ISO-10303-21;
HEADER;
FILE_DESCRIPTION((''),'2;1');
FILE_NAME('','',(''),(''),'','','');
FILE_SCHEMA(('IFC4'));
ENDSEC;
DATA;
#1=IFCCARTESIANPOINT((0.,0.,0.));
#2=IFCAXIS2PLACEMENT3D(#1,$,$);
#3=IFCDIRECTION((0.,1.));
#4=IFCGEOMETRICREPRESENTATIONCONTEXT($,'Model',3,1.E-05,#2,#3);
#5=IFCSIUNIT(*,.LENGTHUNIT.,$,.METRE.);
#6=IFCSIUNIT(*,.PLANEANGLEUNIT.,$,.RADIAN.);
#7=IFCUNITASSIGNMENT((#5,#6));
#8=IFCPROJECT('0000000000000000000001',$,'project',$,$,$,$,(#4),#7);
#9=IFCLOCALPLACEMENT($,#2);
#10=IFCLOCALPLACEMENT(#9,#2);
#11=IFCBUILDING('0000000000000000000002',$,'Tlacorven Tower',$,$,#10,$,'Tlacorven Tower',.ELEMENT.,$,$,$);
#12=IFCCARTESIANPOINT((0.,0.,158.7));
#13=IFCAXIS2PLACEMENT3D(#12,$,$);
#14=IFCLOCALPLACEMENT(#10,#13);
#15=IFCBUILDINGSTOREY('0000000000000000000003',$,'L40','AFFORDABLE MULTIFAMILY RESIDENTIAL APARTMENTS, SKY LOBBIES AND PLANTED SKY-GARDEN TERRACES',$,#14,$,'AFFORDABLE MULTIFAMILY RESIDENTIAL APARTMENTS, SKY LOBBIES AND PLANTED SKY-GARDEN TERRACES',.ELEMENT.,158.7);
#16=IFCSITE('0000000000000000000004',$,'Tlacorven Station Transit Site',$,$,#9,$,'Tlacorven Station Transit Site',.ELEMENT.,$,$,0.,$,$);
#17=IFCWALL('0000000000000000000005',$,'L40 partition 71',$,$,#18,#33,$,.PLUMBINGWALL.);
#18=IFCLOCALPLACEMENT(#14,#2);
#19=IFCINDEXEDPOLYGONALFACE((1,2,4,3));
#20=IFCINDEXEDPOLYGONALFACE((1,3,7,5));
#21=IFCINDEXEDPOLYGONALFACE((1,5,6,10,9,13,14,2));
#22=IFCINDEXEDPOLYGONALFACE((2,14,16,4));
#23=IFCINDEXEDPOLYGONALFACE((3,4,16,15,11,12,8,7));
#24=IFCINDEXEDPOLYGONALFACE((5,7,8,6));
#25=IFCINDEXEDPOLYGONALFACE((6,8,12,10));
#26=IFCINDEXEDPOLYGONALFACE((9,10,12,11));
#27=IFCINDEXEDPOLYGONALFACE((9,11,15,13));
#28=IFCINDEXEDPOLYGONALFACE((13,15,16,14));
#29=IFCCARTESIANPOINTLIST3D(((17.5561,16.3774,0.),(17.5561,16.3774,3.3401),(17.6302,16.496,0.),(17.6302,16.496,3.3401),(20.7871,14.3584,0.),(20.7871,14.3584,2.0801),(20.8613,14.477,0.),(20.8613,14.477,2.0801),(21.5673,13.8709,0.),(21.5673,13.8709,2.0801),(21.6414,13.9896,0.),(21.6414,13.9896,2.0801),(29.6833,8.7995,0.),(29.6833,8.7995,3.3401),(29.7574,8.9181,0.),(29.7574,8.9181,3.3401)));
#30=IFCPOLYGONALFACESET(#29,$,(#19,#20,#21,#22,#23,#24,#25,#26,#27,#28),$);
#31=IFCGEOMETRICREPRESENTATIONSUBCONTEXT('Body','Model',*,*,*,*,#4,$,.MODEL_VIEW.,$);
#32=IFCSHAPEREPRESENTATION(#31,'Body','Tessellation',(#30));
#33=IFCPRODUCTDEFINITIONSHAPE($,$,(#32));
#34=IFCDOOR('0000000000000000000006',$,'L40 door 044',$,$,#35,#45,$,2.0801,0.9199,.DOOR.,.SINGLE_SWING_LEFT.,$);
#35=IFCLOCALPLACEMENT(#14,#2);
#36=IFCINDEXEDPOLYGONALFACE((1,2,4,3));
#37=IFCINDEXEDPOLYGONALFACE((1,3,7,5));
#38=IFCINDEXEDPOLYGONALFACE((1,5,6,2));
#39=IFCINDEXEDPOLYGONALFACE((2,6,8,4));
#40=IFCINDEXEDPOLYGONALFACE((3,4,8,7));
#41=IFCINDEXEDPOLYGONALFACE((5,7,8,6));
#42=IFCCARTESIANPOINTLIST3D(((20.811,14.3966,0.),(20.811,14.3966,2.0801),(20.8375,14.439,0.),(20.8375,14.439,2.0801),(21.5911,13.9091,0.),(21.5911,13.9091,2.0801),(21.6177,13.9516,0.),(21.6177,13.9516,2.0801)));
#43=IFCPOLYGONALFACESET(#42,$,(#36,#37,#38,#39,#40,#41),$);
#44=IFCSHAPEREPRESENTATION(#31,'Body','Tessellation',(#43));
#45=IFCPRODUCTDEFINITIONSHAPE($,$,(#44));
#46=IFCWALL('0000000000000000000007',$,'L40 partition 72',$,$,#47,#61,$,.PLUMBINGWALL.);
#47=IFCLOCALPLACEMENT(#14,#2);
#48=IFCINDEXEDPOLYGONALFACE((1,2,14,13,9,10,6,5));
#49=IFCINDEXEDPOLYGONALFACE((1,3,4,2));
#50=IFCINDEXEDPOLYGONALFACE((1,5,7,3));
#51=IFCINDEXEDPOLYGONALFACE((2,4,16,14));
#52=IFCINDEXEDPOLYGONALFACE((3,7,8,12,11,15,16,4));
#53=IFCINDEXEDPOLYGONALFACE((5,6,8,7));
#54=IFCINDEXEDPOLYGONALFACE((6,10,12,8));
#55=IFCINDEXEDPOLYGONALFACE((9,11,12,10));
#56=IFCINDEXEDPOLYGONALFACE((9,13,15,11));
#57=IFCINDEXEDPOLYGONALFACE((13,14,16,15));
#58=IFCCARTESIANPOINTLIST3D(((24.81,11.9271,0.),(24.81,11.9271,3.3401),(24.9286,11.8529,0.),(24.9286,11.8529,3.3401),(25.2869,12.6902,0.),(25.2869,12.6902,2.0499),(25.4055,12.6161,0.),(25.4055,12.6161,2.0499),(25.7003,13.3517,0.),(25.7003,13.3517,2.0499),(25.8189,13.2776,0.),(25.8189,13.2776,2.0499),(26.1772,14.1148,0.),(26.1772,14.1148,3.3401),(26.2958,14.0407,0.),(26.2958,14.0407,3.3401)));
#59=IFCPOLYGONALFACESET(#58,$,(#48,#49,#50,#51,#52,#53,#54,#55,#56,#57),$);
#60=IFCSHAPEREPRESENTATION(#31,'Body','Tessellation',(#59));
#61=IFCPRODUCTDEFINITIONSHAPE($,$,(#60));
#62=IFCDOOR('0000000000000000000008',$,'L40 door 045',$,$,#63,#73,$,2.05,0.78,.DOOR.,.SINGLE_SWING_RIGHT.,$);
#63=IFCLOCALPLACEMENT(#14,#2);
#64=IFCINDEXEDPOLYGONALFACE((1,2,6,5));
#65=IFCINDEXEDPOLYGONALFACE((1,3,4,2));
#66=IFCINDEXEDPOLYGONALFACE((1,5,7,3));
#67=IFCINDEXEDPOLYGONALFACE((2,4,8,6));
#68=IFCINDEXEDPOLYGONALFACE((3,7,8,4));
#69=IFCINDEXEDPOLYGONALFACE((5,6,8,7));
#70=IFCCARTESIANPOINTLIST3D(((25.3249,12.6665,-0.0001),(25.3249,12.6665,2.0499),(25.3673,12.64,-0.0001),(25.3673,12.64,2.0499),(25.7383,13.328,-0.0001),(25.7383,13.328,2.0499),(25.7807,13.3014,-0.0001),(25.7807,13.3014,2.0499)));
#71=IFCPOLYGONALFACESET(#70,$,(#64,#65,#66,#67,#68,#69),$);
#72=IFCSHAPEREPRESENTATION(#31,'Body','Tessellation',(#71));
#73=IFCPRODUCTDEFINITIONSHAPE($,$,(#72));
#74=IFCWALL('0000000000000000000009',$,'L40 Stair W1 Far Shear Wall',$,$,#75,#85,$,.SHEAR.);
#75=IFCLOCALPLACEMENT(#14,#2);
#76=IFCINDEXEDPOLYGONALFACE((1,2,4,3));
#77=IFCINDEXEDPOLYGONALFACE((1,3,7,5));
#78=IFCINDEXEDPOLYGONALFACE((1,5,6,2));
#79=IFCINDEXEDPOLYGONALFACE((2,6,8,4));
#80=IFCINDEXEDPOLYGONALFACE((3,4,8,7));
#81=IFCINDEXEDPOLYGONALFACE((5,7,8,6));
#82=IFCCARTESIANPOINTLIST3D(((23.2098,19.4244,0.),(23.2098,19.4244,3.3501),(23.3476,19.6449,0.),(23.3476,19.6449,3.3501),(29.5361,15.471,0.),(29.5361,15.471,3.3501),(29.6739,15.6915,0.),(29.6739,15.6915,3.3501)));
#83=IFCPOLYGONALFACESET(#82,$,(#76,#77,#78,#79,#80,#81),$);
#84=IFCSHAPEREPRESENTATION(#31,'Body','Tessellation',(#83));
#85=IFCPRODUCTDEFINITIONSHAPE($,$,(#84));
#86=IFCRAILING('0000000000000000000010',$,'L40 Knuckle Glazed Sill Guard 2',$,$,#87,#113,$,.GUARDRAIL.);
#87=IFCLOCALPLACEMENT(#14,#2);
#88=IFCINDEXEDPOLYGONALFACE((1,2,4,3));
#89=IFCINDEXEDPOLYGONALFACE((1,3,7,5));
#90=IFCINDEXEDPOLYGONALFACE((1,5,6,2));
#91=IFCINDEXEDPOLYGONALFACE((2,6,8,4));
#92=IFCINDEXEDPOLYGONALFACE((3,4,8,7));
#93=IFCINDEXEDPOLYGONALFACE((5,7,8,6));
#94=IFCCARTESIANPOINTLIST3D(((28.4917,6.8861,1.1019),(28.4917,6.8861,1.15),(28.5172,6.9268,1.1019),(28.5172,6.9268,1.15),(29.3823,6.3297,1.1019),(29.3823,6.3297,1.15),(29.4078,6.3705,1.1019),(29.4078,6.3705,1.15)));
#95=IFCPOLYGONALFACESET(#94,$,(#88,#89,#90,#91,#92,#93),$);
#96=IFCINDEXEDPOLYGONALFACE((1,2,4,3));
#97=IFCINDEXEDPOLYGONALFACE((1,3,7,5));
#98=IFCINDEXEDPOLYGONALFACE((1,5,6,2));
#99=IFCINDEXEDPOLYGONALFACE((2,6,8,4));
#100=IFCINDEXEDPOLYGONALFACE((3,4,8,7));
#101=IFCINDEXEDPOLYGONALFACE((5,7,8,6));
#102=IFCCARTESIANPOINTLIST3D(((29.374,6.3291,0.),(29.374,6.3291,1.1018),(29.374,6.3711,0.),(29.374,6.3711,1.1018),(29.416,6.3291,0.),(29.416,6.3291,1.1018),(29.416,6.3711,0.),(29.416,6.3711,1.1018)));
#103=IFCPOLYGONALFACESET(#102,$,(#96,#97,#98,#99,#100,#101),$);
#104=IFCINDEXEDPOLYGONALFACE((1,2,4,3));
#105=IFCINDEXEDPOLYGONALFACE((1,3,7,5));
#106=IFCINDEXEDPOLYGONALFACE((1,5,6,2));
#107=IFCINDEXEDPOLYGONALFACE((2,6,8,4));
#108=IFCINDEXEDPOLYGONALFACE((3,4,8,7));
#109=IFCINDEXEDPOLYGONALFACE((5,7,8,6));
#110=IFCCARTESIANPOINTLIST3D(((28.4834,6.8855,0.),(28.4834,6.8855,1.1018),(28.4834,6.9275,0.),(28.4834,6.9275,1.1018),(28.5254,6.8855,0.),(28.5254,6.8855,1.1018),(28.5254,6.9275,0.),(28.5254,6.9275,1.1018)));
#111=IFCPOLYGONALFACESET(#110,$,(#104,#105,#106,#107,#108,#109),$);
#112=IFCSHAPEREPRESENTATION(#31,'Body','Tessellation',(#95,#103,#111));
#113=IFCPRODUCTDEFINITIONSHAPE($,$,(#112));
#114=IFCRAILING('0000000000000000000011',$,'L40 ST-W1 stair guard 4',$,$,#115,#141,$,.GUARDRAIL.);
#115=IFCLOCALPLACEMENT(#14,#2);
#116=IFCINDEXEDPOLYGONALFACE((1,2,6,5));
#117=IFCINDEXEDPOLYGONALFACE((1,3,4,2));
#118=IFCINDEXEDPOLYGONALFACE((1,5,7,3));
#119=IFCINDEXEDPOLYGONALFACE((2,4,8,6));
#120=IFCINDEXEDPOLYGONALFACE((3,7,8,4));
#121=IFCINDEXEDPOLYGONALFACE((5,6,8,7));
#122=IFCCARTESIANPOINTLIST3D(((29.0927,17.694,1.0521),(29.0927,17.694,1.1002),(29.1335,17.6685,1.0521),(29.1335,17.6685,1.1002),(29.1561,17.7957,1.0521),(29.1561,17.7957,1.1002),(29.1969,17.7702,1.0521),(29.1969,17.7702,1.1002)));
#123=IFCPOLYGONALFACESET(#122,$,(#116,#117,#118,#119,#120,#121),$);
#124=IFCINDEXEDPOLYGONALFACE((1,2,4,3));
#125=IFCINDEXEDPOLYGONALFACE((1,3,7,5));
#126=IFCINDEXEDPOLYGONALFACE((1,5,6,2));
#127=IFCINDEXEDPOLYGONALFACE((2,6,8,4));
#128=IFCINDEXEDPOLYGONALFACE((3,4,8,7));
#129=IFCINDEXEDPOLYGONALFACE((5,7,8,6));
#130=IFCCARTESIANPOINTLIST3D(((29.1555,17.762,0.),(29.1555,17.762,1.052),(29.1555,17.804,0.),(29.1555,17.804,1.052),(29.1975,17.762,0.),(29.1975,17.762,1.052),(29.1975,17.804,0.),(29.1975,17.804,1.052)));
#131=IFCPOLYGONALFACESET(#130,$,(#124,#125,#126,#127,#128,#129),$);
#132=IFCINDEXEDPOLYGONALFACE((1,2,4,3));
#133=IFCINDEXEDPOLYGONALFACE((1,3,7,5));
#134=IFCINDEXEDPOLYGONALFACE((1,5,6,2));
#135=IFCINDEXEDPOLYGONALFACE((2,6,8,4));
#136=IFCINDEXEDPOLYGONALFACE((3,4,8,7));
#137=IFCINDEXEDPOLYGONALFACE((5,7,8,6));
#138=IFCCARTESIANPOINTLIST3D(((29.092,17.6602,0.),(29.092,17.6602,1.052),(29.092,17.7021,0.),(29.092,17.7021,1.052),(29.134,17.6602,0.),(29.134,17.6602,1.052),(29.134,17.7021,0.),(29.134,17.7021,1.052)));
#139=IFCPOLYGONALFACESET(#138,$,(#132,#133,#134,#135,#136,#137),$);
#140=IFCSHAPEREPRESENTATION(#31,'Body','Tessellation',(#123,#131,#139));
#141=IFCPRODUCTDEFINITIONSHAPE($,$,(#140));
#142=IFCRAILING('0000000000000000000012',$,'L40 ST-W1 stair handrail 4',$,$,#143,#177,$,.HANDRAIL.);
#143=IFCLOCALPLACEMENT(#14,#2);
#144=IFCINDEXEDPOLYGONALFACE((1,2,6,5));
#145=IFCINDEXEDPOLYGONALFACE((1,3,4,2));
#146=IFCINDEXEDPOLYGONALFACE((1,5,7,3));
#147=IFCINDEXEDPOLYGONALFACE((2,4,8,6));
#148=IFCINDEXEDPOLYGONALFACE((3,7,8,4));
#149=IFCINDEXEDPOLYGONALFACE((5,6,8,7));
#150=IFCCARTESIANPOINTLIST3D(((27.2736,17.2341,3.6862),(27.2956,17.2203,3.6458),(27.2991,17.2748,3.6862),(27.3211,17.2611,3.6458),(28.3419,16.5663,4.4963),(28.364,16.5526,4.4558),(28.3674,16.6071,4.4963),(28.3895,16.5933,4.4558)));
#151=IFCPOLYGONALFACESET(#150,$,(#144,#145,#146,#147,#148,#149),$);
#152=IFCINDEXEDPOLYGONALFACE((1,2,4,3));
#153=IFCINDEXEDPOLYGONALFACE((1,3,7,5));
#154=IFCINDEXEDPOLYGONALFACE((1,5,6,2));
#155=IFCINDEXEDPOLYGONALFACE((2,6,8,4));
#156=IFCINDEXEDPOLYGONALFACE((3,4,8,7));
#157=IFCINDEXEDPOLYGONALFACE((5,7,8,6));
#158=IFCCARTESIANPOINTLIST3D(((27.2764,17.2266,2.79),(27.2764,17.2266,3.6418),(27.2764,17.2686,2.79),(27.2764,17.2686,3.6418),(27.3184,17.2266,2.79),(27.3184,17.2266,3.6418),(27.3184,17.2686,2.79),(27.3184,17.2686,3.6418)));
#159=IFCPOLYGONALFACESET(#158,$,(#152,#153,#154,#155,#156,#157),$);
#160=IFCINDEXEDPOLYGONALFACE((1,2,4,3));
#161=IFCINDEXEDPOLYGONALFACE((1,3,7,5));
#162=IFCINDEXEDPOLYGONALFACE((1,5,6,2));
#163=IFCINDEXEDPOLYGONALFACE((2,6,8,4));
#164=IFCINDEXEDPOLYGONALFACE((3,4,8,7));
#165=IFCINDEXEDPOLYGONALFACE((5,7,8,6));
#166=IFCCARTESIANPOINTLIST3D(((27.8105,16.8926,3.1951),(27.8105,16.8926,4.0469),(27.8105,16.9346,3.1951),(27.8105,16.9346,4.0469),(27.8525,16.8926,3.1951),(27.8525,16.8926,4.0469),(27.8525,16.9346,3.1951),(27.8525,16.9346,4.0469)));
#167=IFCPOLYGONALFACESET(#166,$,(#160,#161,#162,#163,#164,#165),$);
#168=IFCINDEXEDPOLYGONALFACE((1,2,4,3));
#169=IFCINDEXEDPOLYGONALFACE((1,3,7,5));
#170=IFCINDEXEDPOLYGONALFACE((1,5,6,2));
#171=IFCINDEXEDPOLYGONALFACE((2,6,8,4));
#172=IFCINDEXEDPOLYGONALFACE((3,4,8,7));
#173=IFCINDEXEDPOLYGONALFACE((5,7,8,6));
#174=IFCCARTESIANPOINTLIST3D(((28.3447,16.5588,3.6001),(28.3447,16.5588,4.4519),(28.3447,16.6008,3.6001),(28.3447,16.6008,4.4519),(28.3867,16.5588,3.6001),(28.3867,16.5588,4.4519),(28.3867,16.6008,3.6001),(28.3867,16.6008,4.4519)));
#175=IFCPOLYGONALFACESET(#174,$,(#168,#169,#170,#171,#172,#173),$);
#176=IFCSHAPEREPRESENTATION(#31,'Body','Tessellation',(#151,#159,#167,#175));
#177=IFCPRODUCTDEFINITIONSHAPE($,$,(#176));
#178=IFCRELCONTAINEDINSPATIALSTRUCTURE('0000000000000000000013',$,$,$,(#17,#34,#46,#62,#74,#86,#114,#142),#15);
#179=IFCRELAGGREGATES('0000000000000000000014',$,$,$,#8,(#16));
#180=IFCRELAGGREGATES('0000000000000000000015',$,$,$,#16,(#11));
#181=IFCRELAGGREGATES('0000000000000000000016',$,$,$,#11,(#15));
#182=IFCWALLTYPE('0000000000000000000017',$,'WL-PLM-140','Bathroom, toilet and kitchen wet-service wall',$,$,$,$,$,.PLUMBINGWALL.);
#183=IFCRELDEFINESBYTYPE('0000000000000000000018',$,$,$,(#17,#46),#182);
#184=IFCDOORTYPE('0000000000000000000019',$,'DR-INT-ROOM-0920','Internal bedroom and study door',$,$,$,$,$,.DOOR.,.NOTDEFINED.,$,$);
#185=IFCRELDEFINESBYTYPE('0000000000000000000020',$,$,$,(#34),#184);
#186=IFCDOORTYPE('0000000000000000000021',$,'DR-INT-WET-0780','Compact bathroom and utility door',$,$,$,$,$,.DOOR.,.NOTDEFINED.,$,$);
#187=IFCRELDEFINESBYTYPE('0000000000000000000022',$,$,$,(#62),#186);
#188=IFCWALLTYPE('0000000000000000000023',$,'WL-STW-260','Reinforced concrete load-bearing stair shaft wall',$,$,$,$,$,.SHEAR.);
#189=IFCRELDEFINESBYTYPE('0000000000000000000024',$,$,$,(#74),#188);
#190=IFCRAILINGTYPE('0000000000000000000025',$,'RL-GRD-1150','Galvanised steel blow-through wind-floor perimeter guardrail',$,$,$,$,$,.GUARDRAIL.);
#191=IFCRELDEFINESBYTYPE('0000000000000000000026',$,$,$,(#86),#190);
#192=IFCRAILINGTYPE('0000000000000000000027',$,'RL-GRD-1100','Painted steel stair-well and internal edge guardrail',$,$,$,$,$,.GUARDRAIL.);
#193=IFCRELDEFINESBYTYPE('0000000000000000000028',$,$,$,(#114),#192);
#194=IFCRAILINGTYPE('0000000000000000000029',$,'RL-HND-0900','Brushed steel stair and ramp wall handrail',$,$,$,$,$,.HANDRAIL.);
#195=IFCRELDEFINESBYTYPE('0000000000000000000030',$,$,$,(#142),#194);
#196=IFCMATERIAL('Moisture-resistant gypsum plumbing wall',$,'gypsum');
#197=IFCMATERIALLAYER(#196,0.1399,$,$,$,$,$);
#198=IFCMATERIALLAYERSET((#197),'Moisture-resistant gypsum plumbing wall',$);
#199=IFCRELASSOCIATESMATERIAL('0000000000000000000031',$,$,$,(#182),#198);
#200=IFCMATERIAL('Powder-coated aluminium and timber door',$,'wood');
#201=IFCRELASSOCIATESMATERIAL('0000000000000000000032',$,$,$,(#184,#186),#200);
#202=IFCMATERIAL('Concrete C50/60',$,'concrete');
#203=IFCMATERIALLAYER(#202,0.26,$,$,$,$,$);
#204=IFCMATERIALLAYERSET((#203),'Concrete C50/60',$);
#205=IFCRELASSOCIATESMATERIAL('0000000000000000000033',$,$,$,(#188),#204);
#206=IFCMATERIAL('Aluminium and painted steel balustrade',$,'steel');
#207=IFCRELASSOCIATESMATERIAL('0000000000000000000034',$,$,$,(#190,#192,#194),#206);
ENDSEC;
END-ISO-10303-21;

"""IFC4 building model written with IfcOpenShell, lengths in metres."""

from ifc_helpers import new_model, si_unit, direction, frame, frame_2d, origin, origin_2d, place, context, subcontext, project, spatial, rectangle, extrude, source, transform, mapped, material, layer, layer_set, type_object, element, fill, save


model = new_model("IFC4")

# Units and contexts
model_context = context("Model", 3, precision=1e-05, world=origin(), true_north=direction((0.0, 1.0)))
body_context = subcontext(model_context, "Body", "Model", "MODEL_VIEW")
ifc_project = project(units=[si_unit("LENGTHUNIT", "METRE"), si_unit("PLANEANGLEUNIT", "RADIAN")], contexts=[model_context])

# Site, building, storey
site_placement = place(None, origin())
site = spatial("IfcSite", under=ifc_project, at=site_placement, Name="Tlacorven Station Transit Site", LongName="Tlacorven Station Transit Site", CompositionType="ELEMENT", RefElevation=0.0)
building_placement = place(site_placement, origin())
building = spatial("IfcBuilding", under=site, at=building_placement, Name="Tlacorven Tower", LongName="Tlacorven Tower", CompositionType="ELEMENT")
storey_placement = place(building_placement, frame((0.0, 0.0, 158.7)))
storey = spatial("IfcBuildingStorey", under=building, at=storey_placement, Name="L40", Description="AFFORDABLE MULTIFAMILY RESIDENTIAL APARTMENTS, SKY LOBBIES AND PLANTED SKY-GARDEN TERRACES", LongName="AFFORDABLE MULTIFAMILY RESIDENTIAL APARTMENTS, SKY LOBBIES AND PLANTED SKY-GARDEN TERRACES", CompositionType="ELEMENT", Elevation=158.7)

# Shared definitions
ifc_material_1 = material(Name="Powder-coated aluminium and timber door", Category="wood")

# Walls, openings, doors
ifc_material_2 = material(Name="Moisture-resistant gypsum plumbing wall", Category="gypsum")
ifc_layer_1 = layer(ifc_material_2, 0.1399)
ifc_layer_set_1 = layer_set([ifc_layer_1], Name="Moisture-resistant gypsum plumbing wall")
wall_type_1 = type_object("IfcWallType", Name="WL-PLM-140", Description="Bathroom, toilet and kitchen wet-service wall", PredefinedType="PLUMBINGWALL", material=ifc_layer_set_1)
wall_1_placement = place(storey_placement, frame((29.7202, 8.8589, 0.0), z_axis=(0.0, 0.0, 1.0), x_axis=(-0.848049, 0.529918, 0.0)))
wall_1 = element("IfcWall", 1, at=wall_1_placement, inside=storey, type_object=wall_type_1, Name="L40 partition 71", PredefinedType="PLUMBINGWALL", context=body_context, shape_type="SweptSolid", body=[
    extrude(rectangle(XDim=14.3, YDim=0.1399, at=frame_2d((7.1499, 0.0))), origin(), (0.0, 0.0, 1.0), 3.3401),
])
opening_1_placement = place(wall_1_placement, frame((9.5701, 0.0, 0.0)))
opening_1 = element("IfcOpeningElement", 2, at=opening_1_placement, cuts=wall_1, PredefinedType="OPENING", context=body_context, shape_type="SweptSolid", body=[
    extrude(rectangle(XDim=0.9199, YDim=2.0801, at=frame_2d((0.46, 1.04))), frame((0.0, 0.0801, 0.0), z_axis=(0.0, -1.0, 0.0), x_axis=(1.0, 0.0, 0.0)), (0.0, 0.0, 1.0), 0.1599),
])
door_type_1 = type_object("IfcDoorType", Name="DR-INT-ROOM-0920", Description="Internal bedroom and study door", OperationType="NOTDEFINED", PredefinedType="DOOR", material=ifc_material_1)
shared_shape_1 = source(origin(), body_context, "Body", "SweptSolid", [
    extrude(rectangle(XDim=0.9199, YDim=2.0801, at=frame_2d((0.46, 1.04))), frame((0.0, 0.0249, 0.0), z_axis=(0.0, -1.0, 0.0), x_axis=(1.0, 0.0, 0.0)), (0.0, 0.0, 1.0), 0.05),
])
door_1_placement = place(opening_1_placement, origin())
door_1 = element("IfcDoor", 3, at=door_1_placement, inside=storey, type_object=door_type_1, Name="L40 door 044", OperationType="SINGLE_SWING_LEFT", OverallHeight=2.0801, OverallWidth=0.9199, PredefinedType="DOOR", context=body_context, shape_type="MappedRepresentation", body=[
    mapped(shared_shape_1, transform((0.0, 0.0, 0.0), scale=1.0)),
])
fill(opening_1, door_1)
wall_2_placement = place(storey_placement, frame((26.2366, 14.0779, 0.0), z_axis=(0.0, 0.0, 1.0), x_axis=(-0.529956, -0.848025, 0.0)))
wall_2 = element("IfcWall", 4, at=wall_2_placement, inside=storey, type_object=wall_type_1, Name="L40 partition 72", PredefinedType="PLUMBINGWALL", context=body_context, shape_type="SweptSolid", body=[
    extrude(rectangle(XDim=2.5798, YDim=0.1399, at=frame_2d((1.29, 0.0))), origin(), (0.0, 0.0, 1.0), 3.3401),
])
opening_2_placement = place(wall_2_placement, frame((0.8999, 0.0, 0.0)))
opening_2 = element("IfcOpeningElement", 5, at=opening_2_placement, cuts=wall_2, PredefinedType="OPENING", context=body_context, shape_type="SweptSolid", body=[
    extrude(rectangle(XDim=0.78, YDim=2.05, at=frame_2d((0.3901, 1.0249))), frame((0.0, 0.0801, 0.0), z_axis=(0.0, -1.0, 0.0), x_axis=(1.0, 0.0, 0.0)), (0.0, 0.0, 1.0), 0.1599),
])
door_type_2 = type_object("IfcDoorType", Name="DR-INT-WET-0780", Description="Compact bathroom and utility door", OperationType="NOTDEFINED", PredefinedType="DOOR", material=ifc_material_1)
shared_shape_2 = source(origin(), body_context, "Body", "SweptSolid", [
    extrude(rectangle(XDim=0.78, YDim=2.05, at=frame_2d((0.3901, 1.0249))), frame((0.0, 0.0249, 0.0), z_axis=(0.0, -1.0, 0.0), x_axis=(1.0, 0.0, 0.0)), (0.0, 0.0, 1.0), 0.05),
])
door_2_placement = place(opening_2_placement, origin())
door_2 = element("IfcDoor", 6, at=door_2_placement, inside=storey, type_object=door_type_2, Name="L40 door 045", OperationType="SINGLE_SWING_RIGHT", OverallHeight=2.05, OverallWidth=0.78, PredefinedType="DOOR", context=body_context, shape_type="MappedRepresentation", body=[
    mapped(shared_shape_2, transform((0.0, 0.0, 0.0), scale=1.0)),
])
fill(opening_2, door_2)

# Wall
ifc_material_3 = material(Name="Concrete C50/60", Category="concrete")
ifc_layer_2 = layer(ifc_material_3, 0.26)
ifc_layer_set_2 = layer_set([ifc_layer_2], Name="Concrete C50/60")
wall_type_2 = type_object("IfcWallType", Name="WL-STW-260", Description="Reinforced concrete load-bearing stair shaft wall", PredefinedType="SHEAR", material=ifc_layer_set_2)
wall_3_placement = place(storey_placement, frame((29.605, 15.5813, 0.0), z_axis=(0.0, 0.0, 1.0), x_axis=(-0.848037, 0.529937, 0.0)))
element("IfcWall", 7, at=wall_3_placement, inside=storey, type_object=wall_type_2, Name="L40 Stair W1 Far Shear Wall", PredefinedType="SHEAR", context=body_context, shape_type="SweptSolid", body=[
    extrude(rectangle(XDim=7.46, YDim=0.26, at=frame_2d((3.73, 0.0))), origin(), (0.0, 0.0, 1.0), 3.3501),
])

# Railings
ifc_material_4 = material(Name="Aluminium and painted steel balustrade", Category="steel")
railing_type_1 = type_object("IfcRailingType", Name="RL-GRD-1150", Description="Galvanised steel blow-through wind-floor perimeter guardrail", PredefinedType="GUARDRAIL", material=ifc_material_4)
shared_shape_3 = source(origin(), body_context, "Body", "SweptSolid", [
    extrude(rectangle(XDim=0.0481, YDim=0.0481, at=origin_2d()), frame((0.0, 0.0, 1.126), z_axis=(-0.848103, 0.529832, 0.0), x_axis=(-0.529832, -0.848103, 0.0)), (0.0, 0.0, 1.0), 1.05),
    extrude(rectangle(XDim=0.042, YDim=0.042, at=origin_2d()), origin(), (0.0, 0.0, 1.0), 1.1018),
    extrude(rectangle(XDim=0.042, YDim=0.042, at=origin_2d()), frame((-0.8906, 0.5564, 0.0)), (0.0, 0.0, 1.0), 1.1018),
])
railing_1_placement = place(storey_placement, frame((29.395, 6.3501, 0.0)))
element("IfcRailing", 8, at=railing_1_placement, inside=storey, type_object=railing_type_1, Name="L40 Knuckle Glazed Sill Guard 2", PredefinedType="GUARDRAIL", context=body_context, shape_type="MappedRepresentation", body=[
    mapped(shared_shape_3, transform((0.0, 0.0, 0.0), scale=1.0)),
])
railing_type_2 = type_object("IfcRailingType", Name="RL-GRD-1100", Description="Painted steel stair-well and internal edge guardrail", PredefinedType="GUARDRAIL", material=ifc_material_4)
shared_shape_4 = source(origin(), body_context, "Body", "SweptSolid", [
    extrude(rectangle(XDim=0.0481, YDim=0.0481, at=origin_2d()), frame((0.0, 0.0, 1.0762), z_axis=(-0.529084, -0.848569, 0.0), x_axis=(0.848569, -0.529084, 0.0)), (0.0, 0.0, 1.0), 0.1199),
    extrude(rectangle(XDim=0.042, YDim=0.042, at=origin_2d()), origin(), (0.0, 0.0, 1.0), 1.052),
    extrude(rectangle(XDim=0.042, YDim=0.042, at=origin_2d()), frame((-0.0635, -0.1018, 0.0)), (0.0, 0.0, 1.0), 1.052),
])
railing_2_placement = place(storey_placement, frame((29.1765, 17.783, 0.0)))
element("IfcRailing", 9, at=railing_2_placement, inside=storey, type_object=railing_type_2, Name="L40 ST-W1 stair guard 4", PredefinedType="GUARDRAIL", context=body_context, shape_type="MappedRepresentation", body=[
    mapped(shared_shape_4, transform((0.0, 0.0, 0.0), scale=1.0)),
])
railing_type_3 = type_object("IfcRailingType", Name="RL-HND-0900", Description="Brushed steel stair and ramp wall handrail", PredefinedType="HANDRAIL", material=ifc_material_4)
shared_shape_5 = source(origin(), body_context, "Body", "SweptSolid", [
    extrude(rectangle(XDim=0.0481, YDim=0.0481, at=origin_2d()), frame((0.0, 0.0, 0.876), z_axis=(0.71328, -0.4458, 0.540828), x_axis=(0.529999, 0.847998, 0.0)), (0.0, 0.0, 1.0), 1.4978),
    extrude(rectangle(XDim=0.042, YDim=0.042, at=origin_2d()), origin(), (0.0, 0.0, 1.0), 0.8518),
    extrude(rectangle(XDim=0.042, YDim=0.042, at=origin_2d()), frame((0.5342, -0.334, 0.405)), (0.0, 0.0, 1.0), 0.8518),
    extrude(rectangle(XDim=0.042, YDim=0.042, at=origin_2d()), frame((1.0684, -0.6677, 0.8101)), (0.0, 0.0, 1.0), 0.8518),
])
railing_3_placement = place(storey_placement, frame((27.2974, 17.2476, 2.79)))
element("IfcRailing", 10, at=railing_3_placement, inside=storey, type_object=railing_type_3, Name="L40 ST-W1 stair handrail 4", PredefinedType="HANDRAIL", context=body_context, shape_type="MappedRepresentation", body=[
    mapped(shared_shape_5, transform((0.0, 0.0, 0.0), scale=1.0)),
])

save(model, "model.ifc")
